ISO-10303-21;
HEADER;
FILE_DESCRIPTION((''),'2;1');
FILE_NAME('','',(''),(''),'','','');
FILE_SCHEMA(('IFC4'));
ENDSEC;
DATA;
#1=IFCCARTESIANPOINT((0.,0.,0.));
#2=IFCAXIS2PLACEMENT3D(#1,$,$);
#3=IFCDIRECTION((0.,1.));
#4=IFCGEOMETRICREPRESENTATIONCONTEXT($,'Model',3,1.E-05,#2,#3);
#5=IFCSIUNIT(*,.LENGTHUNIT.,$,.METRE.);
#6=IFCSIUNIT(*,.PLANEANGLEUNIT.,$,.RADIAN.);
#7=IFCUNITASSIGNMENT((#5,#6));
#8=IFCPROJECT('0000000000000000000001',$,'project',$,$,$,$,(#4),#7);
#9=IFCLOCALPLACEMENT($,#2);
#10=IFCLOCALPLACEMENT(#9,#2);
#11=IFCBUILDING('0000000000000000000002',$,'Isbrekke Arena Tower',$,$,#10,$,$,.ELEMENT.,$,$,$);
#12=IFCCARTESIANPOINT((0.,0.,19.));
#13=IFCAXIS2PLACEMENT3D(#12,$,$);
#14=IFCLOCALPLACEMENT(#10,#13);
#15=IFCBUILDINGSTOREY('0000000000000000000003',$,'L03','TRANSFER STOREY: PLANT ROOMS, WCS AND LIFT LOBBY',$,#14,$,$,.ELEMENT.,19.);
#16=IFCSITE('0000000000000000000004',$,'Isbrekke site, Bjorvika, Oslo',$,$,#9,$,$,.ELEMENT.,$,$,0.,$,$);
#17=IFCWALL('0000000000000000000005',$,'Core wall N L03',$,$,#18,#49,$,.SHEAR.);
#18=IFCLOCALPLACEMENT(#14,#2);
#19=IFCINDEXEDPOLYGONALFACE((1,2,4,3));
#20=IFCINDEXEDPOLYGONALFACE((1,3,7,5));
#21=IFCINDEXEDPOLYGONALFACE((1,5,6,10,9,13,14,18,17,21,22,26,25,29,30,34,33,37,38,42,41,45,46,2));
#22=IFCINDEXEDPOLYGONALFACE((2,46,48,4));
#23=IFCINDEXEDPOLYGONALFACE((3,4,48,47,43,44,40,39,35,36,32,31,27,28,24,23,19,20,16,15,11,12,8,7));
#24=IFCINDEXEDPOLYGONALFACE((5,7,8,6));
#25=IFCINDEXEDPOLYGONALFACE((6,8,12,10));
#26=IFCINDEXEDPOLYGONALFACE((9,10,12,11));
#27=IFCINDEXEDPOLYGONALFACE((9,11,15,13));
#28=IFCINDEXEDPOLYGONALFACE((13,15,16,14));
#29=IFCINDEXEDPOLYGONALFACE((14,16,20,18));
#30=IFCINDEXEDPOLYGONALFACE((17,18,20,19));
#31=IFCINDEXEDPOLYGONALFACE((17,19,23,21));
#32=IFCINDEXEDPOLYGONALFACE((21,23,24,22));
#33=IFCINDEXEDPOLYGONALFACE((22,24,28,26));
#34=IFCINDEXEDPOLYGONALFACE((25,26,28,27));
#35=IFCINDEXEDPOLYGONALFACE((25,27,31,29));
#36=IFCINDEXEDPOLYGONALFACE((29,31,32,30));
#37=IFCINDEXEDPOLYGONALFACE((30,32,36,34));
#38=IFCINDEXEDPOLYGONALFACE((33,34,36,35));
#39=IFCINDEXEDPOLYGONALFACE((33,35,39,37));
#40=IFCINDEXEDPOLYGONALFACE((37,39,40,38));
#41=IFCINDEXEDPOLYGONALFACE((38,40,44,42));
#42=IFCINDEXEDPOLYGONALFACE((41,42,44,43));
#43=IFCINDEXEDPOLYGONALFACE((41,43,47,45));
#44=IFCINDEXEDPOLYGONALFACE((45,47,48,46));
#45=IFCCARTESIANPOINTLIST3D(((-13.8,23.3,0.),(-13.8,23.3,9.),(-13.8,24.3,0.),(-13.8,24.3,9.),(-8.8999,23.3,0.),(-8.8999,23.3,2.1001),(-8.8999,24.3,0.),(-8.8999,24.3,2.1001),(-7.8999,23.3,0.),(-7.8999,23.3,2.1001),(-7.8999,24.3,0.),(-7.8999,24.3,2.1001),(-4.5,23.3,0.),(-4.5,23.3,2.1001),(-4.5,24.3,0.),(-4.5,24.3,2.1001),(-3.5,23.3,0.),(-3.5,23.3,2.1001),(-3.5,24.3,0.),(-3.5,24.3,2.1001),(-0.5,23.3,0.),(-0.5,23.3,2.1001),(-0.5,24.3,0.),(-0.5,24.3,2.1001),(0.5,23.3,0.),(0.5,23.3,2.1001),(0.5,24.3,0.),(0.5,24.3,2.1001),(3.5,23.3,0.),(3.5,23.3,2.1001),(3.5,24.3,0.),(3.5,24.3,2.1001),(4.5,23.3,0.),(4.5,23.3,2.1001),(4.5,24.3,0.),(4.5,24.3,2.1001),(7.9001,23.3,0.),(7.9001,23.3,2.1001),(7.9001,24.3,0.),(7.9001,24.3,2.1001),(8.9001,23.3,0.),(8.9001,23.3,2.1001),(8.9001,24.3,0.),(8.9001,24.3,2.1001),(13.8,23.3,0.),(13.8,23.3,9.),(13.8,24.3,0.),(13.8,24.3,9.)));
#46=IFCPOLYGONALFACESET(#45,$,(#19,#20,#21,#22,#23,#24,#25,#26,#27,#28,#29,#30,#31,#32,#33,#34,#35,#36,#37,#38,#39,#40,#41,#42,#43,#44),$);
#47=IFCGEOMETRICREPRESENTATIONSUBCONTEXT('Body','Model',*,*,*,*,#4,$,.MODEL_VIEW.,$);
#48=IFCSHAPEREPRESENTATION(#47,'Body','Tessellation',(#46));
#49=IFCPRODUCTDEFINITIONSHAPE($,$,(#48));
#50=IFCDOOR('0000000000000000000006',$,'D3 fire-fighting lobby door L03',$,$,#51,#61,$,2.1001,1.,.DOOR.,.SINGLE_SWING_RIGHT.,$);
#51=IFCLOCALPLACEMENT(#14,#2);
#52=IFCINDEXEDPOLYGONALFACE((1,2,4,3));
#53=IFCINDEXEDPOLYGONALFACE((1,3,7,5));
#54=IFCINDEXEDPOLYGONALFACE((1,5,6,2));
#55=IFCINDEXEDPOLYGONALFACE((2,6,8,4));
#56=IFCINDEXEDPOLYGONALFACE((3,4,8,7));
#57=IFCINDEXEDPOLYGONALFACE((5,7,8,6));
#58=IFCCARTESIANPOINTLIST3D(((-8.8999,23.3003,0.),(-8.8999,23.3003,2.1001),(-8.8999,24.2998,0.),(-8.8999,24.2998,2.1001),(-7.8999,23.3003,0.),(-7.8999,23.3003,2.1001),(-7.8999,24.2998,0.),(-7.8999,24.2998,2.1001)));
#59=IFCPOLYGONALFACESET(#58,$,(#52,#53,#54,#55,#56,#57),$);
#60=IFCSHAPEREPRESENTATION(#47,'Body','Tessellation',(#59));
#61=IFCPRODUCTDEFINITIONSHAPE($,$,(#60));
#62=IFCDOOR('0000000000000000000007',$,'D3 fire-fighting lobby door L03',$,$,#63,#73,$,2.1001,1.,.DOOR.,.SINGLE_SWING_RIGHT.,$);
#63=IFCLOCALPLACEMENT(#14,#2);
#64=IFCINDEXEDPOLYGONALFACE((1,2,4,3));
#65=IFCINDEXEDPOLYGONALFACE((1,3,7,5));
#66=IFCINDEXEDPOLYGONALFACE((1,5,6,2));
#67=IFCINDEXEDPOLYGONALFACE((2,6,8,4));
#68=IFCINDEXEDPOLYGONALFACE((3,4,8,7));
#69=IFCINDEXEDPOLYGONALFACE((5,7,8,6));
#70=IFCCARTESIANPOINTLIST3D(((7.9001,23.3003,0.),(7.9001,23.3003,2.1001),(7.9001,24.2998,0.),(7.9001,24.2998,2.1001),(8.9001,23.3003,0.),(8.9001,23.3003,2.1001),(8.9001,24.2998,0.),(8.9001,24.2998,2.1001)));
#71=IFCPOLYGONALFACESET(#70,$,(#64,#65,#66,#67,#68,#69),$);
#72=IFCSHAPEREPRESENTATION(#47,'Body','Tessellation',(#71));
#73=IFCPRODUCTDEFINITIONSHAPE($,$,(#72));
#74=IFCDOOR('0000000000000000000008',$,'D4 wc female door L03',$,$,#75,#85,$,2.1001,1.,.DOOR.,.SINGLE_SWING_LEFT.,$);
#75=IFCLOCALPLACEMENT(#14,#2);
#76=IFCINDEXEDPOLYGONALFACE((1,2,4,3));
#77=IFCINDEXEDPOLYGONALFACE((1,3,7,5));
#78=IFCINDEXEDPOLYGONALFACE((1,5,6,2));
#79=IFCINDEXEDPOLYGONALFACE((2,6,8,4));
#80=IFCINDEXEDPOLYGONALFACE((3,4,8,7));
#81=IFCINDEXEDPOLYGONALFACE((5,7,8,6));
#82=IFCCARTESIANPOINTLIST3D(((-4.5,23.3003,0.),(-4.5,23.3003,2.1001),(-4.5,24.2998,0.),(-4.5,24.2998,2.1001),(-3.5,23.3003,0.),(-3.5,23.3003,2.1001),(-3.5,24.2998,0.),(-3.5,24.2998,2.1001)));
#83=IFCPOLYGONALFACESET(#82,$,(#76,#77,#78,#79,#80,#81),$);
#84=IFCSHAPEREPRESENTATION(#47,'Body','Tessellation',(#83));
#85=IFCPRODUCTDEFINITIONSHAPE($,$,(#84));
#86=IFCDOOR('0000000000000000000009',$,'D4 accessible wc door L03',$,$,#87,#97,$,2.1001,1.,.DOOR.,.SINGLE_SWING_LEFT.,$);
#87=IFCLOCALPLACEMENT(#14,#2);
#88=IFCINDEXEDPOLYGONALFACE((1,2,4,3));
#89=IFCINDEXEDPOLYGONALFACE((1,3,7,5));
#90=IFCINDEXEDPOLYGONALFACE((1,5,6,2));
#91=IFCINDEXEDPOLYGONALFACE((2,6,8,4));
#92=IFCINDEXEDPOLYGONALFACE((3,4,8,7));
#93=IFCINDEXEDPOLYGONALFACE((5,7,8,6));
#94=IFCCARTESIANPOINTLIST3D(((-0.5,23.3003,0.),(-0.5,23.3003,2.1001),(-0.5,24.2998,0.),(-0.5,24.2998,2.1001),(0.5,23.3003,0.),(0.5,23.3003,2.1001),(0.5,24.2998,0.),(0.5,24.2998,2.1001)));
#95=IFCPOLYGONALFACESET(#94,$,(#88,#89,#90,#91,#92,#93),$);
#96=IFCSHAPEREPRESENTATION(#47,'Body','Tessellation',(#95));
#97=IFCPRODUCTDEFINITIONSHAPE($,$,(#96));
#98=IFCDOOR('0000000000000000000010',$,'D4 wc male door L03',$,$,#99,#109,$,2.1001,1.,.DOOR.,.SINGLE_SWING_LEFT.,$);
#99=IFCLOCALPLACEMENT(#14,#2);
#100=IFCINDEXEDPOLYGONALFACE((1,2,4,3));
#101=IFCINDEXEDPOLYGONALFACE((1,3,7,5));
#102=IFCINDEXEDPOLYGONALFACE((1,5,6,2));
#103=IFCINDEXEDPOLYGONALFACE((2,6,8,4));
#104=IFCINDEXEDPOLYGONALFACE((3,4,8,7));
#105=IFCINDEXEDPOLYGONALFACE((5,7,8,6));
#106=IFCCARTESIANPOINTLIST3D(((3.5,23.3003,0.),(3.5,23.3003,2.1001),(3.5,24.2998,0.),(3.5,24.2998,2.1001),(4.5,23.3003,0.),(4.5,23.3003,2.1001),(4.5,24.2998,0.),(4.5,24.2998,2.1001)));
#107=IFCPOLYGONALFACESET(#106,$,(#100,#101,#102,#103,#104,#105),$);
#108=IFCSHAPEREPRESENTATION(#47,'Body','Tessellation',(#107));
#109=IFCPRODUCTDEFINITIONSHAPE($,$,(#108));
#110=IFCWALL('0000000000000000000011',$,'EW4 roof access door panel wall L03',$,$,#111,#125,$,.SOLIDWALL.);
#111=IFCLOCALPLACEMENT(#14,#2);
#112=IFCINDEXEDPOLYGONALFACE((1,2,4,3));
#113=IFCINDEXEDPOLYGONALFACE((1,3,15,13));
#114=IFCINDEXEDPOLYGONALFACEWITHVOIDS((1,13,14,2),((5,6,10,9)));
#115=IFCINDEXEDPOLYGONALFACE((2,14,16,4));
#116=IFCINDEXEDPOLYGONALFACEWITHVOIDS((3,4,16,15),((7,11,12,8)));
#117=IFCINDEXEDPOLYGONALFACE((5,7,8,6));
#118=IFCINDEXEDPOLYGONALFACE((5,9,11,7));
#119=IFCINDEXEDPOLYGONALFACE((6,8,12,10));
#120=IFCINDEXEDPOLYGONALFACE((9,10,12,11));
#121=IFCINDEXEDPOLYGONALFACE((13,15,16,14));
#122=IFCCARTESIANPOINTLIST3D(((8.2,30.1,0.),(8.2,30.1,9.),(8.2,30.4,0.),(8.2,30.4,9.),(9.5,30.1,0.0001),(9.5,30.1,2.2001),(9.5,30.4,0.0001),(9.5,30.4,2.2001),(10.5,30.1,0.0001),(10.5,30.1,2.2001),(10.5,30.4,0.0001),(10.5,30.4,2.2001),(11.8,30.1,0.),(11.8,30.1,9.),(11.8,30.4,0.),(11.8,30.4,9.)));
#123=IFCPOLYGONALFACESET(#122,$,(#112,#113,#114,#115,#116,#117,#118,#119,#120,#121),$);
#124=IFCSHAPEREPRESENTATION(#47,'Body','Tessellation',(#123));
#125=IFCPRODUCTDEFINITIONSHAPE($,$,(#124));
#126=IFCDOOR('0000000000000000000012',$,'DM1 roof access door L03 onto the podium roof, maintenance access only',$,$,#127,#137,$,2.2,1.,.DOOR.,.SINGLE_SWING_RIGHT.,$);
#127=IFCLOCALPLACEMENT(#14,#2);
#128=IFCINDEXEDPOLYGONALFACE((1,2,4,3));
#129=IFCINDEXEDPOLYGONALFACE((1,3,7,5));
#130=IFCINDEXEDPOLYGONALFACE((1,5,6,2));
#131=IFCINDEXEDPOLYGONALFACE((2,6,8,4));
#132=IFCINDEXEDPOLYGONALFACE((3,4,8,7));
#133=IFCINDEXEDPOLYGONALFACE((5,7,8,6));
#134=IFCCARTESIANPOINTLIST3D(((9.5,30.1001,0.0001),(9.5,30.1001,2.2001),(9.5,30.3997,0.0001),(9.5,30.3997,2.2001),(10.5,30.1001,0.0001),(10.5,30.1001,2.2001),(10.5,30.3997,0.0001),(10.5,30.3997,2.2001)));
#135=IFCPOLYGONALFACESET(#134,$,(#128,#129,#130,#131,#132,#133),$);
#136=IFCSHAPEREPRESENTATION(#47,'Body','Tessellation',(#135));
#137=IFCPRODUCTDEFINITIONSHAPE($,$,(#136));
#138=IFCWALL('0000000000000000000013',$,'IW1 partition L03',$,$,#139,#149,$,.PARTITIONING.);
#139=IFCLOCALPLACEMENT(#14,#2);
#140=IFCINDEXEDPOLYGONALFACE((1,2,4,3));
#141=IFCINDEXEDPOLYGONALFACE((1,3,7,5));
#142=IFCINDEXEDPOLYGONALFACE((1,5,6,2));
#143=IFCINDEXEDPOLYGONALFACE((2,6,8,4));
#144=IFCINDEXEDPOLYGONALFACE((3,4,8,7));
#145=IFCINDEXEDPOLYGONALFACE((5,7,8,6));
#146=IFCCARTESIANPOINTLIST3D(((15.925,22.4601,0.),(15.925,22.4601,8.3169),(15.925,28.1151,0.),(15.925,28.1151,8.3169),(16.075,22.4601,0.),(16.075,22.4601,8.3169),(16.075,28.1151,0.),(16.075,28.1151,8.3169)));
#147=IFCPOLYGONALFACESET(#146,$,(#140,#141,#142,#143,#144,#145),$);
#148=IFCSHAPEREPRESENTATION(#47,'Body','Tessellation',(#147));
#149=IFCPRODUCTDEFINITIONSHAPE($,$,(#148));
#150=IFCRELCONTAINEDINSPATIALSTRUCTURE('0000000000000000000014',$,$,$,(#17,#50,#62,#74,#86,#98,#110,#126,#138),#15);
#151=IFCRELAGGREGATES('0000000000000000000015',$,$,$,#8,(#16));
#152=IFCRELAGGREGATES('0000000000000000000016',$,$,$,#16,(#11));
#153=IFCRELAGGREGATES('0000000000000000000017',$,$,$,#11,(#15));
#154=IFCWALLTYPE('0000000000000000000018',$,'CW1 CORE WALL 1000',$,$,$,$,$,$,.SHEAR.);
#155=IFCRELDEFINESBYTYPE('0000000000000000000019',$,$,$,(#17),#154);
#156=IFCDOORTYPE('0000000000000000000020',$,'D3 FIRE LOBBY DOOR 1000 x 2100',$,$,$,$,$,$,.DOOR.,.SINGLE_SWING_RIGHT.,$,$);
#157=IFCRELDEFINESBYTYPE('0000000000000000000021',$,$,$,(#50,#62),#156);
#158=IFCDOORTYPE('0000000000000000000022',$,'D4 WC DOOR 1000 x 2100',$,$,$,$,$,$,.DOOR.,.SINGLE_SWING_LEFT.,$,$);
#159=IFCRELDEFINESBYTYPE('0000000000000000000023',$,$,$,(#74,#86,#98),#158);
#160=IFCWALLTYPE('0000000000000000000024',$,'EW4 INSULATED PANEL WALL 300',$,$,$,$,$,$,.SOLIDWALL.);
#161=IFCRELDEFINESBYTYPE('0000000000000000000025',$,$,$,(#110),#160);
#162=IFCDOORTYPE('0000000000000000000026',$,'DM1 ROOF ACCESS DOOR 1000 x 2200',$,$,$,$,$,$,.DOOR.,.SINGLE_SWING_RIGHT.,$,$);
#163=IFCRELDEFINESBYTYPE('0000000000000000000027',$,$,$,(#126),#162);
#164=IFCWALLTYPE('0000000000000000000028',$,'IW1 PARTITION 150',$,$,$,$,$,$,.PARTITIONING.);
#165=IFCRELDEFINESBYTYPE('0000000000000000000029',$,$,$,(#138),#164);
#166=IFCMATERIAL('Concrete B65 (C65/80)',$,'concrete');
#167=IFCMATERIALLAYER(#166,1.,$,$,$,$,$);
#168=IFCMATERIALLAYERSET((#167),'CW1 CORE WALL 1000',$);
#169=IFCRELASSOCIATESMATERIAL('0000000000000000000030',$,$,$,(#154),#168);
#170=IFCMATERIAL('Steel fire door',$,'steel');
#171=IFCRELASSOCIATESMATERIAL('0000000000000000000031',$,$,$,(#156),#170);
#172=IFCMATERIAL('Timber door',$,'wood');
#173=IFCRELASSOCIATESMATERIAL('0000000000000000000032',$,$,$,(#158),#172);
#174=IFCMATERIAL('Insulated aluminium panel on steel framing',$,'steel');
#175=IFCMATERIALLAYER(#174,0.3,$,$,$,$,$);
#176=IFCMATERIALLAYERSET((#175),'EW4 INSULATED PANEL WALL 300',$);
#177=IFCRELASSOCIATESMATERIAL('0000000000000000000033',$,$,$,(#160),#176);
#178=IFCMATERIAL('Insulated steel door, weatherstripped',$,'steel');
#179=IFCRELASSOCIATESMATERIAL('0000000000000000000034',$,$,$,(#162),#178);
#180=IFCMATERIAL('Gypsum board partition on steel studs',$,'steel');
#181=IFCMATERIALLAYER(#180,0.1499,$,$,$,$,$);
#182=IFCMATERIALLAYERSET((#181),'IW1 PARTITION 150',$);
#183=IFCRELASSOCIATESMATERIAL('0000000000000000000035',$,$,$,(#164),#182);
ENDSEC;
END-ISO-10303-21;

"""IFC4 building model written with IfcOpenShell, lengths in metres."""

from ifc_helpers import new_model, si_unit, direction, frame, frame_2d, origin, place, context, subcontext, project, spatial, rectangle, extrude, material, layer, layer_set, type_object, element, fill, save


model = new_model("IFC4")

# Units and contexts
model_context = context("Model", 3, precision=1e-05, world=origin(), true_north=direction((0.0, 1.0)))
body_context = subcontext(model_context, "Body", "Model", "MODEL_VIEW")
ifc_project = project(units=[si_unit("LENGTHUNIT", "METRE"), si_unit("PLANEANGLEUNIT", "RADIAN")], contexts=[model_context])

# Site, building, storey
site_placement = place(None, origin())
site = spatial("IfcSite", under=ifc_project, at=site_placement, Name="Isbrekke site, Bjorvika, Oslo", CompositionType="ELEMENT", RefElevation=0.0)
building_placement = place(site_placement, origin())
building = spatial("IfcBuilding", under=site, at=building_placement, Name="Isbrekke Arena Tower", CompositionType="ELEMENT")
storey_placement = place(building_placement, frame((0.0, 0.0, 19.0)))
storey = spatial("IfcBuildingStorey", under=building, at=storey_placement, Name="L03", Description="TRANSFER STOREY: PLANT ROOMS, WCS AND LIFT LOBBY", CompositionType="ELEMENT", Elevation=19.0)

# Wall, openings, doors
ifc_material_1 = material(Name="Concrete B65 (C65/80)", Category="concrete")
ifc_layer_1 = layer(ifc_material_1, 1.0)
ifc_layer_set_1 = layer_set([ifc_layer_1], Name="CW1 CORE WALL 1000")
wall_type_1 = type_object("IfcWallType", Name="CW1 CORE WALL 1000", PredefinedType="SHEAR", material=ifc_layer_set_1)
wall_1_placement = place(storey_placement, frame((13.8, 23.8, 0.0), z_axis=(0.0, 0.0, 1.0), x_axis=(-1.0, 0.0, 0.0)))
wall_1 = element("IfcWall", 1, at=wall_1_placement, inside=storey, type_object=wall_type_1, Name="Core wall N L03", PredefinedType="SHEAR", context=body_context, shape_type="SweptSolid", body=[
    extrude(rectangle(XDim=27.6001, YDim=1.0, at=frame_2d((13.8, 0.0))), origin(), (0.0, 0.0, 1.0), 9.0),
])
opening_1_placement = place(wall_1_placement, frame((21.7, 0.0, 0.0)))
opening_1 = element("IfcOpeningElement", 2, at=opening_1_placement, cuts=wall_1, PredefinedType="OPENING", context=body_context, shape_type="SweptSolid", body=[
    extrude(rectangle(XDim=1.0, YDim=2.1001, at=frame_2d((0.5, 1.05))), frame((0.0, 0.5149, 0.0), z_axis=(0.0, -1.0, 0.0), x_axis=(1.0, 0.0, 0.0)), (0.0, 0.0, 1.0), 1.0298),
])
opening_2_placement = place(wall_1_placement, frame((4.8999, 0.0, 0.0)))
opening_2 = element("IfcOpeningElement", 3, at=opening_2_placement, cuts=wall_1, PredefinedType="OPENING", context=body_context, shape_type="SweptSolid", body=[
    extrude(rectangle(XDim=1.0, YDim=2.1001, at=frame_2d((0.5, 1.05))), frame((0.0, 0.5149, 0.0), z_axis=(0.0, -1.0, 0.0), x_axis=(1.0, 0.0, 0.0)), (0.0, 0.0, 1.0), 1.0298),
])
opening_3_placement = place(wall_1_placement, frame((17.3, 0.0, 0.0)))
opening_3 = element("IfcOpeningElement", 4, at=opening_3_placement, cuts=wall_1, PredefinedType="OPENING", context=body_context, shape_type="SweptSolid", body=[
    extrude(rectangle(XDim=1.0, YDim=2.1001, at=frame_2d((0.5, 1.05))), frame((0.0, 0.5149, 0.0), z_axis=(0.0, -1.0, 0.0), x_axis=(1.0, 0.0, 0.0)), (0.0, 0.0, 1.0), 1.0298),
])
opening_4_placement = place(wall_1_placement, frame((13.3, 0.0, 0.0)))
opening_4 = element("IfcOpeningElement", 5, at=opening_4_placement, cuts=wall_1, PredefinedType="OPENING", context=body_context, shape_type="SweptSolid", body=[
    extrude(rectangle(XDim=1.0, YDim=2.1001, at=frame_2d((0.5, 1.05))), frame((0.0, 0.5149, 0.0), z_axis=(0.0, -1.0, 0.0), x_axis=(1.0, 0.0, 0.0)), (0.0, 0.0, 1.0), 1.0298),
])
opening_5_placement = place(wall_1_placement, frame((9.3, 0.0, 0.0)))
opening_5 = element("IfcOpeningElement", 6, at=opening_5_placement, cuts=wall_1, PredefinedType="OPENING", context=body_context, shape_type="SweptSolid", body=[
    extrude(rectangle(XDim=1.0, YDim=2.1001, at=frame_2d((0.5, 1.05))), frame((0.0, 0.5149, 0.0), z_axis=(0.0, -1.0, 0.0), x_axis=(1.0, 0.0, 0.0)), (0.0, 0.0, 1.0), 1.0298),
])
ifc_material_2 = material(Name="Steel fire door", Category="steel")
door_type_1 = type_object("IfcDoorType", Name="D3 FIRE LOBBY DOOR 1000 x 2100", OperationType="SINGLE_SWING_RIGHT", PredefinedType="DOOR", material=ifc_material_2)
door_1_placement = place(opening_1_placement, origin())
door_1 = element("IfcDoor", 7, at=door_1_placement, inside=storey, type_object=door_type_1, Name="D3 fire-fighting lobby door L03", OperationType="SINGLE_SWING_RIGHT", OverallHeight=2.1001, OverallWidth=1.0, PredefinedType="DOOR", context=body_context, shape_type="SweptSolid", body=[
    extrude(rectangle(XDim=1.0, YDim=2.1001, at=frame_2d((0.5, 1.05))), frame((0.0, 0.4998, 0.0), z_axis=(0.0, -1.0, 0.0), x_axis=(1.0, 0.0, 0.0)), (0.0, 0.0, 1.0), 0.9995),
])
fill(opening_1, door_1)
door_2_placement = place(opening_2_placement, origin())
door_2 = element("IfcDoor", 8, at=door_2_placement, inside=storey, type_object=door_type_1, Name="D3 fire-fighting lobby door L03", OperationType="SINGLE_SWING_RIGHT", OverallHeight=2.1001, OverallWidth=1.0, PredefinedType="DOOR", context=body_context, shape_type="SweptSolid", body=[
    extrude(rectangle(XDim=1.0, YDim=2.1001, at=frame_2d((0.5, 1.05))), frame((0.0, 0.4998, 0.0), z_axis=(0.0, -1.0, 0.0), x_axis=(1.0, 0.0, 0.0)), (0.0, 0.0, 1.0), 0.9995),
])
fill(opening_2, door_2)
ifc_material_3 = material(Name="Timber door", Category="wood")
door_type_2 = type_object("IfcDoorType", Name="D4 WC DOOR 1000 x 2100", OperationType="SINGLE_SWING_LEFT", PredefinedType="DOOR", material=ifc_material_3)
door_3_placement = place(opening_3_placement, origin())
door_3 = element("IfcDoor", 9, at=door_3_placement, inside=storey, type_object=door_type_2, Name="D4 wc female door L03", OperationType="SINGLE_SWING_LEFT", OverallHeight=2.1001, OverallWidth=1.0, PredefinedType="DOOR", context=body_context, shape_type="SweptSolid", body=[
    extrude(rectangle(XDim=1.0, YDim=2.1001, at=frame_2d((0.5, 1.05))), frame((0.0, 0.4998, 0.0), z_axis=(0.0, -1.0, 0.0), x_axis=(1.0, 0.0, 0.0)), (0.0, 0.0, 1.0), 0.9995),
])
fill(opening_3, door_3)
door_4_placement = place(opening_4_placement, origin())
door_4 = element("IfcDoor", 10, at=door_4_placement, inside=storey, type_object=door_type_2, Name="D4 accessible wc door L03", OperationType="SINGLE_SWING_LEFT", OverallHeight=2.1001, OverallWidth=1.0, PredefinedType="DOOR", context=body_context, shape_type="SweptSolid", body=[
    extrude(rectangle(XDim=1.0, YDim=2.1001, at=frame_2d((0.5, 1.05))), frame((0.0, 0.4998, 0.0), z_axis=(0.0, -1.0, 0.0), x_axis=(1.0, 0.0, 0.0)), (0.0, 0.0, 1.0), 0.9995),
])
fill(opening_4, door_4)
door_5_placement = place(opening_5_placement, origin())
door_5 = element("IfcDoor", 11, at=door_5_placement, inside=storey, type_object=door_type_2, Name="D4 wc male door L03", OperationType="SINGLE_SWING_LEFT", OverallHeight=2.1001, OverallWidth=1.0, PredefinedType="DOOR", context=body_context, shape_type="SweptSolid", body=[
    extrude(rectangle(XDim=1.0, YDim=2.1001, at=frame_2d((0.5, 1.05))), frame((0.0, 0.4998, 0.0), z_axis=(0.0, -1.0, 0.0), x_axis=(1.0, 0.0, 0.0)), (0.0, 0.0, 1.0), 0.9995),
])
fill(opening_5, door_5)

# Wall, opening, door
ifc_material_4 = material(Name="Insulated aluminium panel on steel framing", Category="steel")
ifc_layer_2 = layer(ifc_material_4, 0.3)
ifc_layer_set_2 = layer_set([ifc_layer_2], Name="EW4 INSULATED PANEL WALL 300")
wall_type_2 = type_object("IfcWallType", Name="EW4 INSULATED PANEL WALL 300", PredefinedType="SOLIDWALL", material=ifc_layer_set_2)
wall_2_placement = place(storey_placement, frame((11.8, 30.25, 0.0), z_axis=(0.0, 0.0, 1.0), x_axis=(-1.0, 0.0, 0.0)))
wall_2 = element("IfcWall", 12, at=wall_2_placement, inside=storey, type_object=wall_type_2, Name="EW4 roof access door panel wall L03", PredefinedType="SOLIDWALL", context=body_context, shape_type="SweptSolid", body=[
    extrude(rectangle(XDim=3.6001, YDim=0.3, at=frame_2d((1.8, 0.0))), origin(), (0.0, 0.0, 1.0), 9.0),
])
opening_6_placement = place(wall_2_placement, frame((1.3, 0.0, 0.0)))
opening_6 = element("IfcOpeningElement", 13, at=opening_6_placement, cuts=wall_2, PredefinedType="OPENING", context=body_context, shape_type="SweptSolid", body=[
    extrude(rectangle(XDim=1.0, YDim=2.2, at=frame_2d((0.5, 1.1001))), frame((0.0, 0.165, 0.0), z_axis=(0.0, -1.0, 0.0), x_axis=(1.0, 0.0, 0.0)), (0.0, 0.0, 1.0), 0.3298),
])
ifc_material_5 = material(Name="Insulated steel door, weatherstripped", Category="steel")
door_type_3 = type_object("IfcDoorType", Name="DM1 ROOF ACCESS DOOR 1000 x 2200", OperationType="SINGLE_SWING_RIGHT", PredefinedType="DOOR", material=ifc_material_5)
door_6_placement = place(opening_6_placement, origin())
door_6 = element("IfcDoor", 14, at=door_6_placement, inside=storey, type_object=door_type_3, Name="DM1 roof access door L03 onto the podium roof, maintenance access only", OperationType="SINGLE_SWING_RIGHT", OverallHeight=2.2, OverallWidth=1.0, PredefinedType="DOOR", context=body_context, shape_type="SweptSolid", body=[
    extrude(rectangle(XDim=1.0, YDim=2.2, at=frame_2d((0.5, 1.1001))), frame((0.0, 0.1499, 0.0), z_axis=(0.0, -1.0, 0.0), x_axis=(1.0, 0.0, 0.0)), (0.0, 0.0, 1.0), 0.2996),
])
fill(opening_6, door_6)

# Wall
ifc_material_6 = material(Name="Gypsum board partition on steel studs", Category="steel")
ifc_layer_3 = layer(ifc_material_6, 0.1499)
ifc_layer_set_3 = layer_set([ifc_layer_3], Name="IW1 PARTITION 150")
wall_type_3 = type_object("IfcWallType", Name="IW1 PARTITION 150", PredefinedType="PARTITIONING", material=ifc_layer_set_3)
wall_3_placement = place(storey_placement, frame((16.0, 22.46, 0.0), z_axis=(0.0, 0.0, 1.0), x_axis=(0.0, 1.0, 0.0)))
element("IfcWall", 15, at=wall_3_placement, inside=storey, type_object=wall_type_3, Name="IW1 partition L03", PredefinedType="PARTITIONING", context=body_context, shape_type="SweptSolid", body=[
    extrude(rectangle(XDim=5.655, YDim=0.1499, at=frame_2d((2.8276, 0.0))), origin(), (0.0, 0.0, 1.0), 8.3169),
])

save(model, "model.ifc")
